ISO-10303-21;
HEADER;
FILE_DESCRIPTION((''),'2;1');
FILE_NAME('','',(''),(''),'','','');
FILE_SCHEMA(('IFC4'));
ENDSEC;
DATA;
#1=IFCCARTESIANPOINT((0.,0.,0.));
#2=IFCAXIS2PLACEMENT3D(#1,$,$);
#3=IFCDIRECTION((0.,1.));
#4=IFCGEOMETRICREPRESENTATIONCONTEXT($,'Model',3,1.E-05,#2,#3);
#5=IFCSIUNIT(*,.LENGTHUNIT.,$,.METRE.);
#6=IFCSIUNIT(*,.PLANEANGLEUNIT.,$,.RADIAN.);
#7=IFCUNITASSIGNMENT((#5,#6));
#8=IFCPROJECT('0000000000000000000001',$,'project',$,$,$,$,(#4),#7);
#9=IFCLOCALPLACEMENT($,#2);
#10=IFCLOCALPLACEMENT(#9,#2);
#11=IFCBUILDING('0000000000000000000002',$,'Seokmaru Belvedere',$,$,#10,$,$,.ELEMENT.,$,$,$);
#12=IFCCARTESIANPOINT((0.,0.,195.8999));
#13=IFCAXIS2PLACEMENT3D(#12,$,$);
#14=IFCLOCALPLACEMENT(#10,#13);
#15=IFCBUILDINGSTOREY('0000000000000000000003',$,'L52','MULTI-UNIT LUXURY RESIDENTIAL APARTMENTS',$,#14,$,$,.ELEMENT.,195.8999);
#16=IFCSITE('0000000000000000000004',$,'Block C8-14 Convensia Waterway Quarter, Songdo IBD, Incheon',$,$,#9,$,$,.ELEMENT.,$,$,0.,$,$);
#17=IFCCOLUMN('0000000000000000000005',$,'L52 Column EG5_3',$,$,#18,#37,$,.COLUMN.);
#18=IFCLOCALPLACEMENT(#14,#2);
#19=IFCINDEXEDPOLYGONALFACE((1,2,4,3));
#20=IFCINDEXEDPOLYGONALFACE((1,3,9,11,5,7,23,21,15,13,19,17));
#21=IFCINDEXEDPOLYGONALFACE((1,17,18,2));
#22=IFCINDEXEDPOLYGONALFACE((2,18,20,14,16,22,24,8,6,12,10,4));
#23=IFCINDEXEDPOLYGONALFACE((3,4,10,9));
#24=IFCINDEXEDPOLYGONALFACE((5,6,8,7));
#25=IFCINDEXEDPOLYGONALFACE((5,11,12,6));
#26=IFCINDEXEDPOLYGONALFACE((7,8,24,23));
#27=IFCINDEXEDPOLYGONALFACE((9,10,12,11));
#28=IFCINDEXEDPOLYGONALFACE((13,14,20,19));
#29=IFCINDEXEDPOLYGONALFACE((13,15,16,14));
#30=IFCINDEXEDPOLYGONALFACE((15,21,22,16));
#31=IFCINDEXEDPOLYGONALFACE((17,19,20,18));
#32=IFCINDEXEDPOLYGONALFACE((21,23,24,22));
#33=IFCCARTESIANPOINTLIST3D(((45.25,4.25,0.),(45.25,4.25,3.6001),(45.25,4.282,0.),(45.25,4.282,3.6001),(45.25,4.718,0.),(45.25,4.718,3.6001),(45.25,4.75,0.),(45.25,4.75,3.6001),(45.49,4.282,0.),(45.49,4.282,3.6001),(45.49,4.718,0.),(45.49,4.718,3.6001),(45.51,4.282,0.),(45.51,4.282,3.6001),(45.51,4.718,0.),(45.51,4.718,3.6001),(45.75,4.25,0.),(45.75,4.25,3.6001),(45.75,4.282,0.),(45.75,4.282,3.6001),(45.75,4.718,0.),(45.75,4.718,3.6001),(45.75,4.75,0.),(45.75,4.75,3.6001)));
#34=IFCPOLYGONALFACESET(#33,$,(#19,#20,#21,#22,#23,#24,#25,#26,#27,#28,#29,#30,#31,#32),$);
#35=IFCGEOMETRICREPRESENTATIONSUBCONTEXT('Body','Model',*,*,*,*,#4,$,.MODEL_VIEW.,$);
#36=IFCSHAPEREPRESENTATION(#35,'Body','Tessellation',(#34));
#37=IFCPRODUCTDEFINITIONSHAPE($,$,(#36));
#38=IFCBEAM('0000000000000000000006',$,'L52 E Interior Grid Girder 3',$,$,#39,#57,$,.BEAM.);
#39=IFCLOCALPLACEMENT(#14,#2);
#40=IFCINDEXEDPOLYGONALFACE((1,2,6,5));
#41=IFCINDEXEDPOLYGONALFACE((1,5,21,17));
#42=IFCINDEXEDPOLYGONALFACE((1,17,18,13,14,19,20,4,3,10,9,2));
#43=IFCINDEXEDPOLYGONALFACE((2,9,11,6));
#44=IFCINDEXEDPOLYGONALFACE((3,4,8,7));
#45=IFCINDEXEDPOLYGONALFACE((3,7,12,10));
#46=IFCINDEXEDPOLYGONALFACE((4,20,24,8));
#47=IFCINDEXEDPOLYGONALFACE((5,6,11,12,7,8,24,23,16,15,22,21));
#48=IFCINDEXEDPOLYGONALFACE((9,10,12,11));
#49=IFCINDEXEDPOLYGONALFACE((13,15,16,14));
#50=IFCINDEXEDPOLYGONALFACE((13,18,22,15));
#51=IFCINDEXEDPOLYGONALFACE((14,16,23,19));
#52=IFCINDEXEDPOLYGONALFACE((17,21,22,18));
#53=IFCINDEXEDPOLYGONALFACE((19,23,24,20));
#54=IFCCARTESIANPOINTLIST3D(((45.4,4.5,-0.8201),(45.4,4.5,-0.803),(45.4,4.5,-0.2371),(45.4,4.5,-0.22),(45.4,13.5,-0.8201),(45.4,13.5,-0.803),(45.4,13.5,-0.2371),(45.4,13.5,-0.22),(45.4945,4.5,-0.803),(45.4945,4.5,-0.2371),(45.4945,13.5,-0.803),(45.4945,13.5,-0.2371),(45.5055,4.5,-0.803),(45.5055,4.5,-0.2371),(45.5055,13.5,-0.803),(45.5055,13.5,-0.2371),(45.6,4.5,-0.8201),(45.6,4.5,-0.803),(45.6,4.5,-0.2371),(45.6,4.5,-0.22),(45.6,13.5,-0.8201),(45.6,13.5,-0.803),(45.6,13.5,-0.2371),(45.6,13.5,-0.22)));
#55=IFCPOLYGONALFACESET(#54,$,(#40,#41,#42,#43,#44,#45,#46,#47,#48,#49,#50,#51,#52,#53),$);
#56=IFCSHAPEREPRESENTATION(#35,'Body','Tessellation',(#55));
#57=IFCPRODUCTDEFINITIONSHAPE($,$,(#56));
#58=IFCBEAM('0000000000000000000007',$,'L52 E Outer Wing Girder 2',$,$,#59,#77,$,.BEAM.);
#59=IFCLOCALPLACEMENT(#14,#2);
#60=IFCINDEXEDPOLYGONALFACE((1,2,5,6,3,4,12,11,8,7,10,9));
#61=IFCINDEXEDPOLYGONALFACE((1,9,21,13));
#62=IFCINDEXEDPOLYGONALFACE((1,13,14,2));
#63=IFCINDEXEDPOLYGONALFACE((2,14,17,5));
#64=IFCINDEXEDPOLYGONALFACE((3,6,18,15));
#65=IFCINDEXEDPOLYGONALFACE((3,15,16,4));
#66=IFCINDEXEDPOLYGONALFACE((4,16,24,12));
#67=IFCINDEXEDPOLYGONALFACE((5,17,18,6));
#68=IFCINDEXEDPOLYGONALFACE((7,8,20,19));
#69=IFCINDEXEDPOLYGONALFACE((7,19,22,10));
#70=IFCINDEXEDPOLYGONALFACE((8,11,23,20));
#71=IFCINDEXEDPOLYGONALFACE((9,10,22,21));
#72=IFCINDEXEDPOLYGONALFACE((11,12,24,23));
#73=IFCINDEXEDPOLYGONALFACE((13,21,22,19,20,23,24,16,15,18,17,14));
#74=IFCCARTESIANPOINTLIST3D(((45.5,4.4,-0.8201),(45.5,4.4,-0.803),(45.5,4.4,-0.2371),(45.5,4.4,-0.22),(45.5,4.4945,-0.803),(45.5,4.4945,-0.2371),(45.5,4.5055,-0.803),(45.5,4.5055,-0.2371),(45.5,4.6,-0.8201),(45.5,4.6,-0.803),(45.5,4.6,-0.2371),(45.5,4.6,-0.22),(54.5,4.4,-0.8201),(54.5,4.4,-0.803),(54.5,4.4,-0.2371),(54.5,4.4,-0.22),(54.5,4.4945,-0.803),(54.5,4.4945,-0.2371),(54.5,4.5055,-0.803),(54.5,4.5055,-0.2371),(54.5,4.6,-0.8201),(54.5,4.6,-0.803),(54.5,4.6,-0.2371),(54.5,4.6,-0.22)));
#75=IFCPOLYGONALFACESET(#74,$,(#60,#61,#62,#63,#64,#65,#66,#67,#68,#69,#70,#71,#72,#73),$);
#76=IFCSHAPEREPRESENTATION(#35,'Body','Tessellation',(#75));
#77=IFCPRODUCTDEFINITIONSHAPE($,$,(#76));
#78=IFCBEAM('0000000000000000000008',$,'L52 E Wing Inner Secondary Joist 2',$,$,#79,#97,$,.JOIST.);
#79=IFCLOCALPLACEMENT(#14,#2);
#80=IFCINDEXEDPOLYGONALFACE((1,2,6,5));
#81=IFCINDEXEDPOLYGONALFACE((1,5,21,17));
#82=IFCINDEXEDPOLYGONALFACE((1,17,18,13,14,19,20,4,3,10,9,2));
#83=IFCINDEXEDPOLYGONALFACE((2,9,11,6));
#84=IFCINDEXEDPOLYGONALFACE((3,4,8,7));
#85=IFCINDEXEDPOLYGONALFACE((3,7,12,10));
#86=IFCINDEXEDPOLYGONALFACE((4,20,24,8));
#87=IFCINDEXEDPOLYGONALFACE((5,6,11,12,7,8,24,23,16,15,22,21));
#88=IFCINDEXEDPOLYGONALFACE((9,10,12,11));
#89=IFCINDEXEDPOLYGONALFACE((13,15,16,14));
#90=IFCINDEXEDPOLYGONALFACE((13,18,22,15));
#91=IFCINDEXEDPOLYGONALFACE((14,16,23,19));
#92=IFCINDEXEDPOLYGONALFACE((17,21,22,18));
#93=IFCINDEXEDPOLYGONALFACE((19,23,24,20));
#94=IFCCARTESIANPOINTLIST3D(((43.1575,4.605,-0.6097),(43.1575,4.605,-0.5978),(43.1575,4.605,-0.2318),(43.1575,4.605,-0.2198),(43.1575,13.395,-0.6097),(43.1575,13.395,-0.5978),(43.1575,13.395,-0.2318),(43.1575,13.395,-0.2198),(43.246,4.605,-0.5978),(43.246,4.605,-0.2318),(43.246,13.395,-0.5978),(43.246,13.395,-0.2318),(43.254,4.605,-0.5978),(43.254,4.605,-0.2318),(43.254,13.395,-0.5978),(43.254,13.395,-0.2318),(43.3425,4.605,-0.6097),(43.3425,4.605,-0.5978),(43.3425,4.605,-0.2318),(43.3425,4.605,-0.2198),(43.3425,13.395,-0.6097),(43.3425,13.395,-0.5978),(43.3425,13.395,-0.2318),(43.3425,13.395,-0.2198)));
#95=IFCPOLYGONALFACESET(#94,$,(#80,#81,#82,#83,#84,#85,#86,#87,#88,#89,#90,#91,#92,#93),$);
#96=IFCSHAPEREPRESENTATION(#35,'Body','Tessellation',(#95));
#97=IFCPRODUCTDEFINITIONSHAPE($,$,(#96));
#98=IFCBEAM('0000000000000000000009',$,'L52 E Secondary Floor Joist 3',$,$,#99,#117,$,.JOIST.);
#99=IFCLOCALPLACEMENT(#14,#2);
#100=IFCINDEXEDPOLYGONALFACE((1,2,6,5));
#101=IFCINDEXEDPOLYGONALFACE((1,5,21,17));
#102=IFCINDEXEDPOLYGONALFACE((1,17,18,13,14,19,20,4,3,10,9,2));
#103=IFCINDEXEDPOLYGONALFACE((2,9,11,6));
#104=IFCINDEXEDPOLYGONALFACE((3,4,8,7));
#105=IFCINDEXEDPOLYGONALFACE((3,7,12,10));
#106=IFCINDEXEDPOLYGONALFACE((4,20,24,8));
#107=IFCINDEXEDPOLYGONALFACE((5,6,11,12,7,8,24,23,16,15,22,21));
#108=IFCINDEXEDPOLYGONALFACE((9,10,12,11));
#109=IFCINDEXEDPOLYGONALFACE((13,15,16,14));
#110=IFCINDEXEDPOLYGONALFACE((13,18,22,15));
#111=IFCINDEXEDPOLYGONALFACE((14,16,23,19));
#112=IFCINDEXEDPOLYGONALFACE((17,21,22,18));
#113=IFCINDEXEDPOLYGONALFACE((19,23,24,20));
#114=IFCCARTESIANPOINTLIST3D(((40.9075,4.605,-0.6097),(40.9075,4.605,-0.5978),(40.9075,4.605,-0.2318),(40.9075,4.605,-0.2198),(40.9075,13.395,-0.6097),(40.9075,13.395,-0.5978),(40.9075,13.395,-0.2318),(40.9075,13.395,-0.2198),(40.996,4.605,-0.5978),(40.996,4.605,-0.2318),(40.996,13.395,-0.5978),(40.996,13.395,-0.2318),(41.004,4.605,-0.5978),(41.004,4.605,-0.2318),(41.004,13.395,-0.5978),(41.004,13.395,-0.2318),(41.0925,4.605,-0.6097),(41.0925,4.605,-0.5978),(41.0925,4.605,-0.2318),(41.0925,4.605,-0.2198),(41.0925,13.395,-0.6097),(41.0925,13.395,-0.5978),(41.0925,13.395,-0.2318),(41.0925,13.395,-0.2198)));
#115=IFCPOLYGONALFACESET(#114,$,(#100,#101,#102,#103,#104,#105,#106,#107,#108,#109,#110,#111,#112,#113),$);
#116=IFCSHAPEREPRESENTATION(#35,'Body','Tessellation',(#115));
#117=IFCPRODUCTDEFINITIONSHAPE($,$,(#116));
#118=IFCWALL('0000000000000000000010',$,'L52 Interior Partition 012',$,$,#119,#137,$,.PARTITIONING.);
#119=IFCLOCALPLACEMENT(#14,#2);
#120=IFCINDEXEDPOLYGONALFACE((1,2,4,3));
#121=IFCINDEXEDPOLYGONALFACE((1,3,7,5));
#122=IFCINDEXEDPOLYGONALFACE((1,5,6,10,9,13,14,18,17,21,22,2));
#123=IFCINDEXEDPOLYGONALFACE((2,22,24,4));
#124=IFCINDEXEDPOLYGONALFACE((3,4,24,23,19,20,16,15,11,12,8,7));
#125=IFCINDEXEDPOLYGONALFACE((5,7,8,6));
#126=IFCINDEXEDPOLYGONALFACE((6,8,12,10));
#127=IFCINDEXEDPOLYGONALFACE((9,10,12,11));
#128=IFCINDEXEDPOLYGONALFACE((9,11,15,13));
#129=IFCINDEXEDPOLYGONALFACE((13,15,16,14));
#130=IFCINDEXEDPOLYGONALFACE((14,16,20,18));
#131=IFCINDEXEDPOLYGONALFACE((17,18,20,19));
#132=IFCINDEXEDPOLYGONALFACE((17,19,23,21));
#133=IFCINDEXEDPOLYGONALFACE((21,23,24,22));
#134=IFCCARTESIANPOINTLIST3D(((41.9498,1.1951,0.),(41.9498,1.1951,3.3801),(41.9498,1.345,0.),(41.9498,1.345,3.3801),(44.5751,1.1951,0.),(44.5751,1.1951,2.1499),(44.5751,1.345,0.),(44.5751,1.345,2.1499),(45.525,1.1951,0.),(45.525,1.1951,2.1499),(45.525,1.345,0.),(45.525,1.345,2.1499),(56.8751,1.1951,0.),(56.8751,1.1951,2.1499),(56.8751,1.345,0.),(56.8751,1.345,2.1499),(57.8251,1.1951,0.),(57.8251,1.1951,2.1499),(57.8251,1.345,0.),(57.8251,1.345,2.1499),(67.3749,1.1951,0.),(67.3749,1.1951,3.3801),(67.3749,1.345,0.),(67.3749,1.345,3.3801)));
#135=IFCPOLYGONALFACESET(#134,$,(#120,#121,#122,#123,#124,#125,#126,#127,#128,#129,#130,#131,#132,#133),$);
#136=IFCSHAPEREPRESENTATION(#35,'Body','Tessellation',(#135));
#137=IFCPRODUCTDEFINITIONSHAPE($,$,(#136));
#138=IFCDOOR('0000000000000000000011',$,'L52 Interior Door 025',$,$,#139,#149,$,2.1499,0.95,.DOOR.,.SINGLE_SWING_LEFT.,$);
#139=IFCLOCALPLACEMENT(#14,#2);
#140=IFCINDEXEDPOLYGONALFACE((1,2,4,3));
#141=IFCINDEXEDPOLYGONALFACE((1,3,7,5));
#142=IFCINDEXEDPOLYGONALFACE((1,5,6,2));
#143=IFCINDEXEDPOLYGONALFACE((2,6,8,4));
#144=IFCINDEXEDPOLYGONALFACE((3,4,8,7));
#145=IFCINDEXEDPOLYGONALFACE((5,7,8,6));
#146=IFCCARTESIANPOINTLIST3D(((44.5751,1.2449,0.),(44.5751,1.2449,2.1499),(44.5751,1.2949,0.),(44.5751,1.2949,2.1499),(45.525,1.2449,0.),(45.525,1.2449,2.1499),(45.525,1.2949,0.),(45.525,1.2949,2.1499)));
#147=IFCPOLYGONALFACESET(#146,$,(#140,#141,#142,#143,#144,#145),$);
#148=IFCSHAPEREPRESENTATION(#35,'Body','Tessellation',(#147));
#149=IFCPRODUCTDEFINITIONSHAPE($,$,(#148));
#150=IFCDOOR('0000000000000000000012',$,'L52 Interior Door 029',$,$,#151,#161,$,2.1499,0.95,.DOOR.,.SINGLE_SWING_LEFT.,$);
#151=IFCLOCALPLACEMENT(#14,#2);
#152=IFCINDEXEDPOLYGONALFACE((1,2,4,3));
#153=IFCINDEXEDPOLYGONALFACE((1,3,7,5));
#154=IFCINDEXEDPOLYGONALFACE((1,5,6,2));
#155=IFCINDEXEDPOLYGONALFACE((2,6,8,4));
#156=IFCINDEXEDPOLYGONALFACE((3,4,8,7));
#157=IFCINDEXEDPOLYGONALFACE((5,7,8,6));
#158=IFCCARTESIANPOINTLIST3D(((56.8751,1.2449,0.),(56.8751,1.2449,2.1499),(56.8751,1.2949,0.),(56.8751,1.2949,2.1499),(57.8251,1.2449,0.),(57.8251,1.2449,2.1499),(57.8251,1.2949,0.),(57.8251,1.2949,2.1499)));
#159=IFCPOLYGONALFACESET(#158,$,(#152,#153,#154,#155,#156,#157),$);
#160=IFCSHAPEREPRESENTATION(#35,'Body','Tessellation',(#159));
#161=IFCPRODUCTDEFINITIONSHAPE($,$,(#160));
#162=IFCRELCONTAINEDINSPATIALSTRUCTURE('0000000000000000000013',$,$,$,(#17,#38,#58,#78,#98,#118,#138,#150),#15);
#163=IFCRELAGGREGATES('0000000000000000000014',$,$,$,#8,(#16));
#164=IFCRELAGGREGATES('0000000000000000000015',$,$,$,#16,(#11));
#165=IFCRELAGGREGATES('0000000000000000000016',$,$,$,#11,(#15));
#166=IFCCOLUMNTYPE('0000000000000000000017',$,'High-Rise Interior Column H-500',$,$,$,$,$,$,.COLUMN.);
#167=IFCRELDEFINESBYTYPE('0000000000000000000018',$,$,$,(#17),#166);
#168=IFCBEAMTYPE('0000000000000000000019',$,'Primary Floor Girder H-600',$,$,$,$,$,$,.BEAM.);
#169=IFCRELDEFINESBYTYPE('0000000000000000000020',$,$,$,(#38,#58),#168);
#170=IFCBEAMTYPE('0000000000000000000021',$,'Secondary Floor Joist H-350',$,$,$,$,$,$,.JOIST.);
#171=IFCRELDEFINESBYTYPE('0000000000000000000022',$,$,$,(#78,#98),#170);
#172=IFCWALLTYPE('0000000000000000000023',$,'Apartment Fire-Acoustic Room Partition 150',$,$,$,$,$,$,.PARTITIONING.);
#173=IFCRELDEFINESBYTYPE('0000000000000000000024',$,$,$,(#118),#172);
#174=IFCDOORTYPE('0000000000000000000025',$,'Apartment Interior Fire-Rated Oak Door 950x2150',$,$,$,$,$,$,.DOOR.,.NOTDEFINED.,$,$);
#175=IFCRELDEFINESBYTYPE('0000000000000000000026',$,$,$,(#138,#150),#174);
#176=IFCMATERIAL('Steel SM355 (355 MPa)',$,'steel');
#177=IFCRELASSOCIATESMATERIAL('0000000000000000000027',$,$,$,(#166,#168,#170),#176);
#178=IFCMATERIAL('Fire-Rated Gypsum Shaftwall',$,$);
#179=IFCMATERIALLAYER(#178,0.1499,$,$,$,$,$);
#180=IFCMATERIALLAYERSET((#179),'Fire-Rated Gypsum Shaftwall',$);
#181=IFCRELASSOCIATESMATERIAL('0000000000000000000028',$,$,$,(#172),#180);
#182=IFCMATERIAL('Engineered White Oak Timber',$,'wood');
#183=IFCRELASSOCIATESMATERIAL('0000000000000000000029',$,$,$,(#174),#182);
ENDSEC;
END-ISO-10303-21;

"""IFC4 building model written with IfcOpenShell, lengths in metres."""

from ifc_helpers import new_model, si_unit, direction, frame, frame_2d, origin, origin_2d, place, context, subcontext, project, spatial, rectangle, i_section, extrude, source, transform, mapped, material, layer, layer_set, material_profile, profile_set, type_object, type_shapes, element, fill, save


model = new_model("IFC4")

# Units and contexts
model_context = context("Model", 3, precision=1e-05, world=origin(), true_north=direction((0.0, 1.0)))
body_context = subcontext(model_context, "Body", "Model", "MODEL_VIEW")
ifc_project = project(units=[si_unit("LENGTHUNIT", "METRE"), si_unit("PLANEANGLEUNIT", "RADIAN")], contexts=[model_context])

# Site, building, storey
site_placement = place(None, origin())
site = spatial("IfcSite", under=ifc_project, at=site_placement, Name="Block C8-14 Convensia Waterway Quarter, Songdo IBD, Incheon", CompositionType="ELEMENT", RefElevation=0.0)
building_placement = place(site_placement, origin())
building = spatial("IfcBuilding", under=site, at=building_placement, Name="Seokmaru Belvedere", CompositionType="ELEMENT")
storey_placement = place(building_placement, frame((0.0, 0.0, 195.8999)))
storey = spatial("IfcBuildingStorey", under=building, at=storey_placement, Name="L52", Description="MULTI-UNIT LUXURY RESIDENTIAL APARTMENTS", CompositionType="ELEMENT", Elevation=195.8999)

# Column
ifc_material_1 = material(Name="Steel SM355 (355 MPa)", Category="steel")
ifc_material_profile_1 = material_profile(ifc_material_1, i_section(OverallWidth=0.5, OverallDepth=0.5, WebThickness=0.02, FlangeThickness=0.032, at=origin_2d()), Name="H-500x500x20x32")
ifc_profile_set_1 = profile_set([ifc_material_profile_1], Name="Steel SM355 (355 MPa)")
column_type = type_object("IfcColumnType", Name="High-Rise Interior Column H-500", PredefinedType="COLUMN", material=ifc_profile_set_1)
shared_shape_1 = source(origin(), body_context, "Body", "SweptSolid", [
    extrude(i_section(OverallWidth=0.5, OverallDepth=0.5, WebThickness=0.02, FlangeThickness=0.032, at=origin_2d()), origin(), (0.0, 0.0, 1.0), 3.6001),
])
type_shapes(column_type, [shared_shape_1])
column_placement = place(storey_placement, frame((45.5, 4.5, 0.0), z_axis=(0.0, 0.0, 1.0), x_axis=(1.0, 0.0, 0.0)))
element("IfcColumn", 1, at=column_placement, inside=storey, type_object=column_type, Name="L52 Column EG5_3", PredefinedType="COLUMN", context=body_context, shape_type="MappedRepresentation", body=[
    mapped(shared_shape_1, transform((0.0, 0.0, 0.0), scale=1.0)),
])

# Beams
ifc_material_profile_2 = material_profile(ifc_material_1, i_section(OverallWidth=0.2, OverallDepth=0.6001, WebThickness=0.011, FlangeThickness=0.0171, at=origin_2d()), Name="H-600x200x11x17")
ifc_profile_set_2 = profile_set([ifc_material_profile_2], Name="Steel SM355 (355 MPa)")
beam_type_1 = type_object("IfcBeamType", Name="Primary Floor Girder H-600", PredefinedType="BEAM", material=ifc_profile_set_2)
shared_shape_2 = source(origin(), body_context, "Body", "SweptSolid", [
    extrude(i_section(OverallWidth=0.2, OverallDepth=0.6001, WebThickness=0.011, FlangeThickness=0.0171, at=origin_2d()), origin(), (0.0, 0.0, 1.0), 9.0),
])
type_shapes(beam_type_1, [shared_shape_2])
for number, where, z_axis, x_axis, name in (
    (2, (45.5, 4.5, -0.52), (0.0, 1.0, 0.0), (-1.0, 0.0, 0.0), "L52 E Interior Grid Girder 3"),
    (3, (45.5, 4.5, -0.52), (1.0, 0.0, 0.0), (0.0, 1.0, 0.0), "L52 E Outer Wing Girder 2"),
):
    element("IfcBeam", number, at=place(storey_placement, frame(where, z_axis=z_axis, x_axis=x_axis)), inside=storey, type_object=beam_type_1, Name=name, PredefinedType="BEAM", context=body_context, shape_type="MappedRepresentation", body=[
        mapped(shared_shape_2, transform((0.0, 0.0, 0.0), scale=1.0)),
    ])
ifc_material_profile_3 = material_profile(ifc_material_1, i_section(OverallWidth=0.1851, OverallDepth=0.3899, WebThickness=0.0081, FlangeThickness=0.012, at=origin_2d()), Name="H-390x185x8x12")
ifc_profile_set_3 = profile_set([ifc_material_profile_3], Name="Steel SM355 (355 MPa)")
beam_type_2 = type_object("IfcBeamType", Name="Secondary Floor Joist H-350", PredefinedType="JOIST", material=ifc_profile_set_3)
shared_shape_3 = source(origin(), body_context, "Body", "SweptSolid", [
    extrude(i_section(OverallWidth=0.1851, OverallDepth=0.3899, WebThickness=0.0081, FlangeThickness=0.012, at=origin_2d()), origin(), (0.0, 0.0, 1.0), 8.79),
])
type_shapes(beam_type_2, [shared_shape_3])
for number, where, z_axis, x_axis, name in (
    (4, (43.25, 4.605, -0.4148), (0.0, 1.0, 0.0), (-1.0, 0.0, 0.0), "L52 E Wing Inner Secondary Joist 2"),
    (5, (41.0, 4.605, -0.4148), (0.0, 1.0, 0.0), (-1.0, 0.0, 0.0), "L52 E Secondary Floor Joist 3"),
):
    element("IfcBeam", number, at=place(storey_placement, frame(where, z_axis=z_axis, x_axis=x_axis)), inside=storey, type_object=beam_type_2, Name=name, PredefinedType="JOIST", context=body_context, shape_type="MappedRepresentation", body=[
        mapped(shared_shape_3, transform((0.0, 0.0, 0.0), scale=1.0)),
    ])

# Wall, openings, doors
ifc_material_2 = material(Name="Fire-Rated Gypsum Shaftwall")
ifc_layer_1 = layer(ifc_material_2, 0.1499)
ifc_layer_set_1 = layer_set([ifc_layer_1], Name="Fire-Rated Gypsum Shaftwall")
wall_type_1 = type_object("IfcWallType", Name="Apartment Fire-Acoustic Room Partition 150", PredefinedType="PARTITIONING", material=ifc_layer_set_1)
wall_1_placement = place(storey_placement, frame((41.95, 1.27, 0.0), z_axis=(0.0, 0.0, 1.0), x_axis=(1.0, 0.0, 0.0)))
wall_1 = element("IfcWall", 6, at=wall_1_placement, inside=storey, type_object=wall_type_1, Name="L52 Interior Partition 012", PredefinedType="PARTITIONING", context=body_context, shape_type="SweptSolid", body=[
    extrude(rectangle(XDim=25.425, YDim=0.1499, at=frame_2d((12.7124, 0.0))), origin(), (0.0, 0.0, 1.0), 3.3801),
])
opening_1_placement = place(wall_1_placement, frame((2.625, 0.0, 0.0)))
opening_1 = element("IfcOpeningElement", 7, at=opening_1_placement, cuts=wall_1, PredefinedType="OPENING", context=body_context, shape_type="SweptSolid", body=[
    extrude(rectangle(XDim=0.95, YDim=2.1499, at=frame_2d((0.4751, 1.075))), frame((0.0, 0.085, 0.0), z_axis=(0.0, -1.0, 0.0), x_axis=(1.0, 0.0, 0.0)), (0.0, 0.0, 1.0), 0.1699),
])
opening_2_placement = place(wall_1_placement, frame((14.925, 0.0, 0.0)))
opening_2 = element("IfcOpeningElement", 8, at=opening_2_placement, cuts=wall_1, PredefinedType="OPENING", context=body_context, shape_type="SweptSolid", body=[
    extrude(rectangle(XDim=0.95, YDim=2.1499, at=frame_2d((0.4751, 1.075))), frame((0.0, 0.085, 0.0), z_axis=(0.0, -1.0, 0.0), x_axis=(1.0, 0.0, 0.0)), (0.0, 0.0, 1.0), 0.1699),
])
ifc_material_3 = material(Name="Engineered White Oak Timber", Category="wood")
door_type_1 = type_object("IfcDoorType", Name="Apartment Interior Fire-Rated Oak Door 950x2150", OperationType="NOTDEFINED", PredefinedType="DOOR", material=ifc_material_3)
shared_shape_4 = source(origin(), body_context, "Body", "SweptSolid", [
    extrude(rectangle(XDim=0.95, YDim=2.1499, at=frame_2d((0.4751, 1.075))), frame((0.0, 0.0249, 0.0), z_axis=(0.0, -1.0, 0.0), x_axis=(1.0, 0.0, 0.0)), (0.0, 0.0, 1.0), 0.05),
])
type_shapes(door_type_1, [shared_shape_4])
door_1_placement = place(opening_1_placement, origin())
door_1 = element("IfcDoor", 9, at=door_1_placement, inside=storey, type_object=door_type_1, Name="L52 Interior Door 025", OperationType="SINGLE_SWING_LEFT", OverallHeight=2.1499, OverallWidth=0.95, PredefinedType="DOOR", context=body_context, shape_type="MappedRepresentation", body=[
    mapped(shared_shape_4, transform((0.0, 0.0, 0.0), scale=1.0)),
])
fill(opening_1, door_1)
door_2_placement = place(opening_2_placement, origin())
door_2 = element("IfcDoor", 10, at=door_2_placement, inside=storey, type_object=door_type_1, Name="L52 Interior Door 029", OperationType="SINGLE_SWING_LEFT", OverallHeight=2.1499, OverallWidth=0.95, PredefinedType="DOOR", context=body_context, shape_type="MappedRepresentation", body=[
    mapped(shared_shape_4, transform((0.0, 0.0, 0.0), scale=1.0)),
])
fill(opening_2, door_2)

save(model, "model.ifc")
